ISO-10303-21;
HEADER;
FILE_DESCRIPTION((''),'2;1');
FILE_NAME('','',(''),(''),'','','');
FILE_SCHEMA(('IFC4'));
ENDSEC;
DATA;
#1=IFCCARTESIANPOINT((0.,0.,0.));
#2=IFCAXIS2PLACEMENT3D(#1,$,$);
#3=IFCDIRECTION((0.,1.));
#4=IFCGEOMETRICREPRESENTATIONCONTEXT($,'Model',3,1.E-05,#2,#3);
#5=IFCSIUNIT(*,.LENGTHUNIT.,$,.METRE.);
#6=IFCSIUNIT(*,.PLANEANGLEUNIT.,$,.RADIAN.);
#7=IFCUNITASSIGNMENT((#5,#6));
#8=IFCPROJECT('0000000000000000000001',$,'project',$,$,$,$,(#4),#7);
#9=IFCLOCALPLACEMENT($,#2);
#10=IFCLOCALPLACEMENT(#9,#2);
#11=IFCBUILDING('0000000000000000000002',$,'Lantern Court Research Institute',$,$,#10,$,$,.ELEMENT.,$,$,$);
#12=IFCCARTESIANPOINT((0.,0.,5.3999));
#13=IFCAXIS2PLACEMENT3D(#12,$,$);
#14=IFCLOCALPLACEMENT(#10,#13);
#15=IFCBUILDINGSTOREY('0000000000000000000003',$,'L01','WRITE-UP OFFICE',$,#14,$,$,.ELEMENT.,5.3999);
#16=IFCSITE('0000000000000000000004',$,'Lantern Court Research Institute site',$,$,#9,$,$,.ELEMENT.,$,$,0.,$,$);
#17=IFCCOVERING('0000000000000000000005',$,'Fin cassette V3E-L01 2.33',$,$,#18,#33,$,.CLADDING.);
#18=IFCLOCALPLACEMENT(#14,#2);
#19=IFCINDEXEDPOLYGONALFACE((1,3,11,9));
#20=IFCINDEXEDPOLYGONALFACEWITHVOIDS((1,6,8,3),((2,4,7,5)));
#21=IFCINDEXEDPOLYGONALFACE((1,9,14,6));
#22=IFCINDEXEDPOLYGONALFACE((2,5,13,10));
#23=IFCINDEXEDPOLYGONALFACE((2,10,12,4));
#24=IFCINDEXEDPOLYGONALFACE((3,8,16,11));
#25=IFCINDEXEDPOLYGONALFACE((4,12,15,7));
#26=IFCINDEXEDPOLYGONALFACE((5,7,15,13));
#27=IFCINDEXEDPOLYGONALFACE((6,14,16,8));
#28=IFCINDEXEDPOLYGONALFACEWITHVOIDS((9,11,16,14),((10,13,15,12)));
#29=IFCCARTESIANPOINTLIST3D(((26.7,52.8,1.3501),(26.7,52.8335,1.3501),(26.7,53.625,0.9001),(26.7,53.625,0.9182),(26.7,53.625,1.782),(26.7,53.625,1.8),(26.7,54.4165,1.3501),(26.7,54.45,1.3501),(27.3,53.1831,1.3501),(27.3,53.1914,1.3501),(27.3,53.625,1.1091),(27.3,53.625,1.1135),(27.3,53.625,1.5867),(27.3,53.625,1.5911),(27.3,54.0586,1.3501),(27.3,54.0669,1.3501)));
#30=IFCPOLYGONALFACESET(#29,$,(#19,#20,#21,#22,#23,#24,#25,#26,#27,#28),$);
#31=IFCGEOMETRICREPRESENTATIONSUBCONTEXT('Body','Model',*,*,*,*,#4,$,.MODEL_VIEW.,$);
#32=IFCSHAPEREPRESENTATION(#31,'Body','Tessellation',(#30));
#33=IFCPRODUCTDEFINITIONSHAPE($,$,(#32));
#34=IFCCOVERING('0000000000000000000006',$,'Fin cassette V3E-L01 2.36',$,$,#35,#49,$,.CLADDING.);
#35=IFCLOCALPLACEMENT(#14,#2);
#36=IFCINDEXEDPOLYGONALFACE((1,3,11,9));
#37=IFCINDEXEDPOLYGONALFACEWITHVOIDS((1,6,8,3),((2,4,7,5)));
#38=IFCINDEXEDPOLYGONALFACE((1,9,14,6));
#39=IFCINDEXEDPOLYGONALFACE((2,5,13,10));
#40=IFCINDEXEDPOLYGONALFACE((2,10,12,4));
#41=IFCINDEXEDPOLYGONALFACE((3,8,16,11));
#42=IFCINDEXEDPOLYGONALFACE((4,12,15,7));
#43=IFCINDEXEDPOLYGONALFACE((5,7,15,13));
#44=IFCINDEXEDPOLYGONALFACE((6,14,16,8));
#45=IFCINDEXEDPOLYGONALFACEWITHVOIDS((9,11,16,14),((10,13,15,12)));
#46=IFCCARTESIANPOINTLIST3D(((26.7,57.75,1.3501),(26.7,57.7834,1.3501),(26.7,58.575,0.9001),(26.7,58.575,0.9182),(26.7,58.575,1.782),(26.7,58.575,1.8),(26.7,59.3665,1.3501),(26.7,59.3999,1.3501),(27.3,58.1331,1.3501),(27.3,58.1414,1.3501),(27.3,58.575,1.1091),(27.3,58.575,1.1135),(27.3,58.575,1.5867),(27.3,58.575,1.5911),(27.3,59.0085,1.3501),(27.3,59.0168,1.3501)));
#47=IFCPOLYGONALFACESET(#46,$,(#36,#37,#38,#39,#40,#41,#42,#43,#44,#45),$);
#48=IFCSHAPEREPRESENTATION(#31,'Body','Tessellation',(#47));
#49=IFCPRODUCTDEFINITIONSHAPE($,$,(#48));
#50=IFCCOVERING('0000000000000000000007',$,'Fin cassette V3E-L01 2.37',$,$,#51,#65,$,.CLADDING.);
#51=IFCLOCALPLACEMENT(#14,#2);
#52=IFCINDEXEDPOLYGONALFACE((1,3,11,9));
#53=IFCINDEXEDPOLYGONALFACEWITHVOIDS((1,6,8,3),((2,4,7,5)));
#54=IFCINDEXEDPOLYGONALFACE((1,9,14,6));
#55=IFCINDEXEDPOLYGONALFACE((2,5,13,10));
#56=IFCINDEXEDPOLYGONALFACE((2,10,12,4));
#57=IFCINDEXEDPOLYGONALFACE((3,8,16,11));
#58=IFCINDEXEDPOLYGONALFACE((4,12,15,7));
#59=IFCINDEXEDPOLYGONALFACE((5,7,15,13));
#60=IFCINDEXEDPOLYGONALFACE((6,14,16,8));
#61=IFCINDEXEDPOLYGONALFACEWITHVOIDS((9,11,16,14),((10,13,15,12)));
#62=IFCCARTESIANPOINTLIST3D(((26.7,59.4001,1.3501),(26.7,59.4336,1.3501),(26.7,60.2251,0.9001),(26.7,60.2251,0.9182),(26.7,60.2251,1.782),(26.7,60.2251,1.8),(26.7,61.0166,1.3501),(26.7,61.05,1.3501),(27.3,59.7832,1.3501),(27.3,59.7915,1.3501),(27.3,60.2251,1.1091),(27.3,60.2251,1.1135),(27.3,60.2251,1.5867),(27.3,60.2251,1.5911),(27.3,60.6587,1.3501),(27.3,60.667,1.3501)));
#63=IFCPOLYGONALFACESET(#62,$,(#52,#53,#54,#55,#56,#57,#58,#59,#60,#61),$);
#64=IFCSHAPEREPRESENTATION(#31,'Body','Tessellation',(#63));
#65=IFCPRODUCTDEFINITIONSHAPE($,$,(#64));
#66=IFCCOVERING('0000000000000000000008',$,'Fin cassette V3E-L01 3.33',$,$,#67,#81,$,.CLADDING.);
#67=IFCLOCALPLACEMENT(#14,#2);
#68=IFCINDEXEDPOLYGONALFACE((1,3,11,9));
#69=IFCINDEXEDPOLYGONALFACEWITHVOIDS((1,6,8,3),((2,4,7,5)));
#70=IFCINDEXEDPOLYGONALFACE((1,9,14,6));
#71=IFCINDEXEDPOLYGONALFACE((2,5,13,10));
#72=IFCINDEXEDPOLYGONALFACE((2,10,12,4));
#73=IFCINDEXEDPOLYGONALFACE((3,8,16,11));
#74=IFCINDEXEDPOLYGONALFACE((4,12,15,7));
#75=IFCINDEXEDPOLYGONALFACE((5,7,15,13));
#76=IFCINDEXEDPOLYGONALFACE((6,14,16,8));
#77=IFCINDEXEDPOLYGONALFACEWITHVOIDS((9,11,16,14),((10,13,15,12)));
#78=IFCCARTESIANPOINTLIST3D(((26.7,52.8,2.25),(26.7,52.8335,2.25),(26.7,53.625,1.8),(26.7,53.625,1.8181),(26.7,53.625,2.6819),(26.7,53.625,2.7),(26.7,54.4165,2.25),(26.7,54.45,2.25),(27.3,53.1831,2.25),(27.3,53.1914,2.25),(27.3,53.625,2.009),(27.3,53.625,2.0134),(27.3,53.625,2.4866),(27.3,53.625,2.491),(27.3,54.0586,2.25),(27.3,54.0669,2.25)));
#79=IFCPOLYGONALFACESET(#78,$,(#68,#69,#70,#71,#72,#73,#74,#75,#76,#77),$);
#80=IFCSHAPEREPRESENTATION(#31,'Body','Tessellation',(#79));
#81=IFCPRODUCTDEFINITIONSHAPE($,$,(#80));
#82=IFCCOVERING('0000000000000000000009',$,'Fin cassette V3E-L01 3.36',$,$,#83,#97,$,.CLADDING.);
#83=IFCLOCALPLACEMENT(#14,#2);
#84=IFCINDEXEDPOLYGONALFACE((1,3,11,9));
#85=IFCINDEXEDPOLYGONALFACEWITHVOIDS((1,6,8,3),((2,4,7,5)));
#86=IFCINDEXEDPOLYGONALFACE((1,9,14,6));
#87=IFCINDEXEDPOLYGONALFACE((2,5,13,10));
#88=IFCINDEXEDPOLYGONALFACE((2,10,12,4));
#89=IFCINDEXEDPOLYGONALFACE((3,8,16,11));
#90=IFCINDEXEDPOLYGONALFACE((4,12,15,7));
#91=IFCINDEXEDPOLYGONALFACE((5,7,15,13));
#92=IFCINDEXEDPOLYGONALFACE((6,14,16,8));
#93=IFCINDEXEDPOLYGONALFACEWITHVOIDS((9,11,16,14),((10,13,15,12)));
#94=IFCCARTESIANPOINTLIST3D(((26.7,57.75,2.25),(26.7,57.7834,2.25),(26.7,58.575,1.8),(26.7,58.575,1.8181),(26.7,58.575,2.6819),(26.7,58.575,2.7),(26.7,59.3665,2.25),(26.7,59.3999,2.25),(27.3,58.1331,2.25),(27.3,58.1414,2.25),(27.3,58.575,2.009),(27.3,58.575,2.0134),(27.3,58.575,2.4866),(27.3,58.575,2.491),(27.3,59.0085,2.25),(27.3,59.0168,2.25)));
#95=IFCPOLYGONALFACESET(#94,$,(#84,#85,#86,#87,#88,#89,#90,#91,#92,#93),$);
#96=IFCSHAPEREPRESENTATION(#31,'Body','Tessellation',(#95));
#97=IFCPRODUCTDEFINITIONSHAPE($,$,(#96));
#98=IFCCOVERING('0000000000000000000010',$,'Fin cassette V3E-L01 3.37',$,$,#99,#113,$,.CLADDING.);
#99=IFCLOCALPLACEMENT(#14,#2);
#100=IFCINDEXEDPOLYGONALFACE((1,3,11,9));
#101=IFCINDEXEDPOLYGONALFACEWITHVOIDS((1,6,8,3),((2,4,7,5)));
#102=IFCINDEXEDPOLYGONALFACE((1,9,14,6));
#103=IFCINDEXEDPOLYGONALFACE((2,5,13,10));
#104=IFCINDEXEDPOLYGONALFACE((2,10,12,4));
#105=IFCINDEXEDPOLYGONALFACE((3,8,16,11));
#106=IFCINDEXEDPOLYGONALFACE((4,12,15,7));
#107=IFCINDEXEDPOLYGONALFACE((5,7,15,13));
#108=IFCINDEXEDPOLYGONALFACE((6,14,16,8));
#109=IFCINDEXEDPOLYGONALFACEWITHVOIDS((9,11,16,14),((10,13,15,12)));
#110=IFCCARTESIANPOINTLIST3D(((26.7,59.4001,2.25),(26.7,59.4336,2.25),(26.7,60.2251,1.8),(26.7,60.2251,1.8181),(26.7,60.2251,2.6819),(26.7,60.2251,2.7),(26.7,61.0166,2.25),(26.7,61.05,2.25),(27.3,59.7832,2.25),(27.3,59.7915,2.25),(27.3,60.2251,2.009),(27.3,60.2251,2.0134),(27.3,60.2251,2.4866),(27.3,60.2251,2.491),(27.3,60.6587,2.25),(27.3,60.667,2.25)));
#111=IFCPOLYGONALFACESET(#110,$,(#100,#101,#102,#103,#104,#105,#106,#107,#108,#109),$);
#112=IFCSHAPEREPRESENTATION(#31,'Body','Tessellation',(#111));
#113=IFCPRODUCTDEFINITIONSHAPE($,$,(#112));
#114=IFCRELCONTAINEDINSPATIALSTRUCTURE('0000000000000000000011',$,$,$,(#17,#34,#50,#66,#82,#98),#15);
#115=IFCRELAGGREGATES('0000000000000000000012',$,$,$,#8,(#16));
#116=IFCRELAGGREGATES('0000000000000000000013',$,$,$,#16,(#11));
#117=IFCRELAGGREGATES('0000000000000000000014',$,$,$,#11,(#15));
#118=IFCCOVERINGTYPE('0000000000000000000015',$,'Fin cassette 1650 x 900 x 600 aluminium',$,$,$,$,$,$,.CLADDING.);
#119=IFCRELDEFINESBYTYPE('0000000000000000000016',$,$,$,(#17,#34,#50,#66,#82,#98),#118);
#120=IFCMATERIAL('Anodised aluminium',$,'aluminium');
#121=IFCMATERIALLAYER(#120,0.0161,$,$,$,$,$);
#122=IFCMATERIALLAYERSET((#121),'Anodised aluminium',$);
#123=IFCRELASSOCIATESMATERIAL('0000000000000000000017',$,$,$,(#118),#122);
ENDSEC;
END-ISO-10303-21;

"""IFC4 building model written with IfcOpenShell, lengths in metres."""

from ifc_helpers import new_model, entity, si_unit, direction, frame, origin, place, context, subcontext, project, spatial, material, layer, layer_set, type_object, element, save


model = new_model("IFC4")

# Units and contexts
model_context = context("Model", 3, precision=1e-05, world=origin(), true_north=direction((0.0, 1.0)))
body_context = subcontext(model_context, "Body", "Model", "MODEL_VIEW")
ifc_project = project(units=[si_unit("LENGTHUNIT", "METRE"), si_unit("PLANEANGLEUNIT", "RADIAN")], contexts=[model_context])

# Site, building, storey
site_placement = place(None, origin())
site = spatial("IfcSite", under=ifc_project, at=site_placement, Name="Lantern Court Research Institute site", CompositionType="ELEMENT", RefElevation=0.0)
building_placement = place(site_placement, origin())
building = spatial("IfcBuilding", under=site, at=building_placement, Name="Lantern Court Research Institute", CompositionType="ELEMENT")
storey_placement = place(building_placement, frame((0.0, 0.0, 5.3999)))
storey = spatial("IfcBuildingStorey", under=building, at=storey_placement, Name="L01", Description="WRITE-UP OFFICE", CompositionType="ELEMENT", Elevation=5.3999)

# Coverings
ifc_material_1 = material(Name="Anodised aluminium", Category="aluminium")
ifc_layer_1 = layer(ifc_material_1, 0.0161)
ifc_layer_set_1 = layer_set([ifc_layer_1], Name="Anodised aluminium")
covering_type_1 = type_object("IfcCoveringType", Name="Fin cassette 1650 x 900 x 600 aluminium", PredefinedType="CLADDING", material=ifc_layer_set_1)
covering_1_placement = place(storey_placement, frame((26.7, 53.625, 1.3501), z_axis=(1.0, 0.0, 0.0), x_axis=(0.0, 1.0, 0.0)))
cartesian_point_1 = entity("IfcCartesianPoint", [0.825, 0.0])
cartesian_point_2 = entity("IfcCartesianPoint", [0.7915, 0.0])
cartesian_point_3 = entity("IfcCartesianPoint", [0.4419, 0.0])
cartesian_point_4 = entity("IfcCartesianPoint", [0.4336, 0.0])
element("IfcCovering", 1, at=covering_1_placement, inside=storey, type_object=covering_type_1, Name="Fin cassette V3E-L01 2.33", PredefinedType="CLADDING", context=body_context, shape_type="SweptSolid", body=[
    entity("IfcExtrudedAreaSolidTapered", entity("IfcArbitraryProfileDefWithVoids", "AREA", None, entity("IfcPolyline", [cartesian_point_1, entity("IfcCartesianPoint", [0.0, 0.45]), entity("IfcCartesianPoint", [-0.825, 0.0]), entity("IfcCartesianPoint", [0.0, -0.45]), cartesian_point_1]), [entity("IfcPolyline", [cartesian_point_2, entity("IfcCartesianPoint", [0.0, 0.4319]), entity("IfcCartesianPoint", [-0.7915, 0.0]), entity("IfcCartesianPoint", [0.0, -0.4319]), cartesian_point_2])]), entity("IfcAxis2Placement3D", entity("IfcCartesianPoint", [0.0, 0.0, 0.0])), entity("IfcDirection", [0.0, 0.0, 1.0]), 0.6001, entity("IfcArbitraryProfileDefWithVoids", "AREA", None, entity("IfcPolyline", [cartesian_point_3, entity("IfcCartesianPoint", [0.0, 0.241]), entity("IfcCartesianPoint", [-0.4419, 0.0]), entity("IfcCartesianPoint", [0.0, -0.241]), cartesian_point_3]), [entity("IfcPolyline", [cartesian_point_4, entity("IfcCartesianPoint", [0.0, 0.2366]), entity("IfcCartesianPoint", [-0.4336, 0.0]), entity("IfcCartesianPoint", [0.0, -0.2366]), cartesian_point_4])])),
])
covering_2_placement = place(storey_placement, frame((26.7, 58.575, 1.3501), z_axis=(1.0, 0.0, 0.0), x_axis=(0.0, 1.0, 0.0)))
cartesian_point_5 = entity("IfcCartesianPoint", [0.825, 0.0])
cartesian_point_6 = entity("IfcCartesianPoint", [0.7915, 0.0])
cartesian_point_7 = entity("IfcCartesianPoint", [0.4419, 0.0])
cartesian_point_8 = entity("IfcCartesianPoint", [0.4336, 0.0])
element("IfcCovering", 2, at=covering_2_placement, inside=storey, type_object=covering_type_1, Name="Fin cassette V3E-L01 2.36", PredefinedType="CLADDING", context=body_context, shape_type="SweptSolid", body=[
    entity("IfcExtrudedAreaSolidTapered", entity("IfcArbitraryProfileDefWithVoids", "AREA", None, entity("IfcPolyline", [cartesian_point_5, entity("IfcCartesianPoint", [0.0, 0.45]), entity("IfcCartesianPoint", [-0.825, 0.0]), entity("IfcCartesianPoint", [0.0, -0.45]), cartesian_point_5]), [entity("IfcPolyline", [cartesian_point_6, entity("IfcCartesianPoint", [0.0, 0.4319]), entity("IfcCartesianPoint", [-0.7915, 0.0]), entity("IfcCartesianPoint", [0.0, -0.4319]), cartesian_point_6])]), entity("IfcAxis2Placement3D", entity("IfcCartesianPoint", [0.0, 0.0, 0.0])), entity("IfcDirection", [0.0, 0.0, 1.0]), 0.6001, entity("IfcArbitraryProfileDefWithVoids", "AREA", None, entity("IfcPolyline", [cartesian_point_7, entity("IfcCartesianPoint", [0.0, 0.241]), entity("IfcCartesianPoint", [-0.4419, 0.0]), entity("IfcCartesianPoint", [0.0, -0.241]), cartesian_point_7]), [entity("IfcPolyline", [cartesian_point_8, entity("IfcCartesianPoint", [0.0, 0.2366]), entity("IfcCartesianPoint", [-0.4336, 0.0]), entity("IfcCartesianPoint", [0.0, -0.2366]), cartesian_point_8])])),
])
covering_3_placement = place(storey_placement, frame((26.7, 60.2251, 1.3501), z_axis=(1.0, 0.0, 0.0), x_axis=(0.0, 1.0, 0.0)))
cartesian_point_9 = entity("IfcCartesianPoint", [0.825, 0.0])
cartesian_point_10 = entity("IfcCartesianPoint", [0.7915, 0.0])
cartesian_point_11 = entity("IfcCartesianPoint", [0.4419, 0.0])
cartesian_point_12 = entity("IfcCartesianPoint", [0.4336, 0.0])
element("IfcCovering", 3, at=covering_3_placement, inside=storey, type_object=covering_type_1, Name="Fin cassette V3E-L01 2.37", PredefinedType="CLADDING", context=body_context, shape_type="SweptSolid", body=[
    entity("IfcExtrudedAreaSolidTapered", entity("IfcArbitraryProfileDefWithVoids", "AREA", None, entity("IfcPolyline", [cartesian_point_9, entity("IfcCartesianPoint", [0.0, 0.45]), entity("IfcCartesianPoint", [-0.825, 0.0]), entity("IfcCartesianPoint", [0.0, -0.45]), cartesian_point_9]), [entity("IfcPolyline", [cartesian_point_10, entity("IfcCartesianPoint", [0.0, 0.4319]), entity("IfcCartesianPoint", [-0.7915, 0.0]), entity("IfcCartesianPoint", [0.0, -0.4319]), cartesian_point_10])]), entity("IfcAxis2Placement3D", entity("IfcCartesianPoint", [0.0, 0.0, 0.0])), entity("IfcDirection", [0.0, 0.0, 1.0]), 0.6001, entity("IfcArbitraryProfileDefWithVoids", "AREA", None, entity("IfcPolyline", [cartesian_point_11, entity("IfcCartesianPoint", [0.0, 0.241]), entity("IfcCartesianPoint", [-0.4419, 0.0]), entity("IfcCartesianPoint", [0.0, -0.241]), cartesian_point_11]), [entity("IfcPolyline", [cartesian_point_12, entity("IfcCartesianPoint", [0.0, 0.2366]), entity("IfcCartesianPoint", [-0.4336, 0.0]), entity("IfcCartesianPoint", [0.0, -0.2366]), cartesian_point_12])])),
])
covering_4_placement = place(storey_placement, frame((26.7, 53.625, 2.25), z_axis=(1.0, 0.0, 0.0), x_axis=(0.0, 1.0, 0.0)))
cartesian_point_13 = entity("IfcCartesianPoint", [0.825, 0.0])
cartesian_point_14 = entity("IfcCartesianPoint", [0.7915, 0.0])
cartesian_point_15 = entity("IfcCartesianPoint", [0.4419, 0.0])
cartesian_point_16 = entity("IfcCartesianPoint", [0.4336, 0.0])
element("IfcCovering", 4, at=covering_4_placement, inside=storey, type_object=covering_type_1, Name="Fin cassette V3E-L01 3.33", PredefinedType="CLADDING", context=body_context, shape_type="SweptSolid", body=[
    entity("IfcExtrudedAreaSolidTapered", entity("IfcArbitraryProfileDefWithVoids", "AREA", None, entity("IfcPolyline", [cartesian_point_13, entity("IfcCartesianPoint", [0.0, 0.45]), entity("IfcCartesianPoint", [-0.825, 0.0]), entity("IfcCartesianPoint", [0.0, -0.45]), cartesian_point_13]), [entity("IfcPolyline", [cartesian_point_14, entity("IfcCartesianPoint", [0.0, 0.4319]), entity("IfcCartesianPoint", [-0.7915, 0.0]), entity("IfcCartesianPoint", [0.0, -0.4319]), cartesian_point_14])]), entity("IfcAxis2Placement3D", entity("IfcCartesianPoint", [0.0, 0.0, 0.0])), entity("IfcDirection", [0.0, 0.0, 1.0]), 0.6001, entity("IfcArbitraryProfileDefWithVoids", "AREA", None, entity("IfcPolyline", [cartesian_point_15, entity("IfcCartesianPoint", [0.0, 0.241]), entity("IfcCartesianPoint", [-0.4419, 0.0]), entity("IfcCartesianPoint", [0.0, -0.241]), cartesian_point_15]), [entity("IfcPolyline", [cartesian_point_16, entity("IfcCartesianPoint", [0.0, 0.2366]), entity("IfcCartesianPoint", [-0.4336, 0.0]), entity("IfcCartesianPoint", [0.0, -0.2366]), cartesian_point_16])])),
])
covering_5_placement = place(storey_placement, frame((26.7, 58.575, 2.25), z_axis=(1.0, 0.0, 0.0), x_axis=(0.0, 1.0, 0.0)))
cartesian_point_17 = entity("IfcCartesianPoint", [0.825, 0.0])
cartesian_point_18 = entity("IfcCartesianPoint", [0.7915, 0.0])
cartesian_point_19 = entity("IfcCartesianPoint", [0.4419, 0.0])
cartesian_point_20 = entity("IfcCartesianPoint", [0.4336, 0.0])
element("IfcCovering", 5, at=covering_5_placement, inside=storey, type_object=covering_type_1, Name="Fin cassette V3E-L01 3.36", PredefinedType="CLADDING", context=body_context, shape_type="SweptSolid", body=[
    entity("IfcExtrudedAreaSolidTapered", entity("IfcArbitraryProfileDefWithVoids", "AREA", None, entity("IfcPolyline", [cartesian_point_17, entity("IfcCartesianPoint", [0.0, 0.45]), entity("IfcCartesianPoint", [-0.825, 0.0]), entity("IfcCartesianPoint", [0.0, -0.45]), cartesian_point_17]), [entity("IfcPolyline", [cartesian_point_18, entity("IfcCartesianPoint", [0.0, 0.4319]), entity("IfcCartesianPoint", [-0.7915, 0.0]), entity("IfcCartesianPoint", [0.0, -0.4319]), cartesian_point_18])]), entity("IfcAxis2Placement3D", entity("IfcCartesianPoint", [0.0, 0.0, 0.0])), entity("IfcDirection", [0.0, 0.0, 1.0]), 0.6001, entity("IfcArbitraryProfileDefWithVoids", "AREA", None, entity("IfcPolyline", [cartesian_point_19, entity("IfcCartesianPoint", [0.0, 0.241]), entity("IfcCartesianPoint", [-0.4419, 0.0]), entity("IfcCartesianPoint", [0.0, -0.241]), cartesian_point_19]), [entity("IfcPolyline", [cartesian_point_20, entity("IfcCartesianPoint", [0.0, 0.2366]), entity("IfcCartesianPoint", [-0.4336, 0.0]), entity("IfcCartesianPoint", [0.0, -0.2366]), cartesian_point_20])])),
])
covering_6_placement = place(storey_placement, frame((26.7, 60.2251, 2.25), z_axis=(1.0, 0.0, 0.0), x_axis=(0.0, 1.0, 0.0)))
cartesian_point_21 = entity("IfcCartesianPoint", [0.825, 0.0])
cartesian_point_22 = entity("IfcCartesianPoint", [0.7915, 0.0])
cartesian_point_23 = entity("IfcCartesianPoint", [0.4419, 0.0])
cartesian_point_24 = entity("IfcCartesianPoint", [0.4336, 0.0])
element("IfcCovering", 6, at=covering_6_placement, inside=storey, type_object=covering_type_1, Name="Fin cassette V3E-L01 3.37", PredefinedType="CLADDING", context=body_context, shape_type="SweptSolid", body=[
    entity("IfcExtrudedAreaSolidTapered", entity("IfcArbitraryProfileDefWithVoids", "AREA", None, entity("IfcPolyline", [cartesian_point_21, entity("IfcCartesianPoint", [0.0, 0.45]), entity("IfcCartesianPoint", [-0.825, 0.0]), entity("IfcCartesianPoint", [0.0, -0.45]), cartesian_point_21]), [entity("IfcPolyline", [cartesian_point_22, entity("IfcCartesianPoint", [0.0, 0.4319]), entity("IfcCartesianPoint", [-0.7915, 0.0]), entity("IfcCartesianPoint", [0.0, -0.4319]), cartesian_point_22])]), entity("IfcAxis2Placement3D", entity("IfcCartesianPoint", [0.0, 0.0, 0.0])), entity("IfcDirection", [0.0, 0.0, 1.0]), 0.6001, entity("IfcArbitraryProfileDefWithVoids", "AREA", None, entity("IfcPolyline", [cartesian_point_23, entity("IfcCartesianPoint", [0.0, 0.241]), entity("IfcCartesianPoint", [-0.4419, 0.0]), entity("IfcCartesianPoint", [0.0, -0.241]), cartesian_point_23]), [entity("IfcPolyline", [cartesian_point_24, entity("IfcCartesianPoint", [0.0, 0.2366]), entity("IfcCartesianPoint", [-0.4336, 0.0]), entity("IfcCartesianPoint", [0.0, -0.2366]), cartesian_point_24])])),
])

save(model, "model.ifc")
